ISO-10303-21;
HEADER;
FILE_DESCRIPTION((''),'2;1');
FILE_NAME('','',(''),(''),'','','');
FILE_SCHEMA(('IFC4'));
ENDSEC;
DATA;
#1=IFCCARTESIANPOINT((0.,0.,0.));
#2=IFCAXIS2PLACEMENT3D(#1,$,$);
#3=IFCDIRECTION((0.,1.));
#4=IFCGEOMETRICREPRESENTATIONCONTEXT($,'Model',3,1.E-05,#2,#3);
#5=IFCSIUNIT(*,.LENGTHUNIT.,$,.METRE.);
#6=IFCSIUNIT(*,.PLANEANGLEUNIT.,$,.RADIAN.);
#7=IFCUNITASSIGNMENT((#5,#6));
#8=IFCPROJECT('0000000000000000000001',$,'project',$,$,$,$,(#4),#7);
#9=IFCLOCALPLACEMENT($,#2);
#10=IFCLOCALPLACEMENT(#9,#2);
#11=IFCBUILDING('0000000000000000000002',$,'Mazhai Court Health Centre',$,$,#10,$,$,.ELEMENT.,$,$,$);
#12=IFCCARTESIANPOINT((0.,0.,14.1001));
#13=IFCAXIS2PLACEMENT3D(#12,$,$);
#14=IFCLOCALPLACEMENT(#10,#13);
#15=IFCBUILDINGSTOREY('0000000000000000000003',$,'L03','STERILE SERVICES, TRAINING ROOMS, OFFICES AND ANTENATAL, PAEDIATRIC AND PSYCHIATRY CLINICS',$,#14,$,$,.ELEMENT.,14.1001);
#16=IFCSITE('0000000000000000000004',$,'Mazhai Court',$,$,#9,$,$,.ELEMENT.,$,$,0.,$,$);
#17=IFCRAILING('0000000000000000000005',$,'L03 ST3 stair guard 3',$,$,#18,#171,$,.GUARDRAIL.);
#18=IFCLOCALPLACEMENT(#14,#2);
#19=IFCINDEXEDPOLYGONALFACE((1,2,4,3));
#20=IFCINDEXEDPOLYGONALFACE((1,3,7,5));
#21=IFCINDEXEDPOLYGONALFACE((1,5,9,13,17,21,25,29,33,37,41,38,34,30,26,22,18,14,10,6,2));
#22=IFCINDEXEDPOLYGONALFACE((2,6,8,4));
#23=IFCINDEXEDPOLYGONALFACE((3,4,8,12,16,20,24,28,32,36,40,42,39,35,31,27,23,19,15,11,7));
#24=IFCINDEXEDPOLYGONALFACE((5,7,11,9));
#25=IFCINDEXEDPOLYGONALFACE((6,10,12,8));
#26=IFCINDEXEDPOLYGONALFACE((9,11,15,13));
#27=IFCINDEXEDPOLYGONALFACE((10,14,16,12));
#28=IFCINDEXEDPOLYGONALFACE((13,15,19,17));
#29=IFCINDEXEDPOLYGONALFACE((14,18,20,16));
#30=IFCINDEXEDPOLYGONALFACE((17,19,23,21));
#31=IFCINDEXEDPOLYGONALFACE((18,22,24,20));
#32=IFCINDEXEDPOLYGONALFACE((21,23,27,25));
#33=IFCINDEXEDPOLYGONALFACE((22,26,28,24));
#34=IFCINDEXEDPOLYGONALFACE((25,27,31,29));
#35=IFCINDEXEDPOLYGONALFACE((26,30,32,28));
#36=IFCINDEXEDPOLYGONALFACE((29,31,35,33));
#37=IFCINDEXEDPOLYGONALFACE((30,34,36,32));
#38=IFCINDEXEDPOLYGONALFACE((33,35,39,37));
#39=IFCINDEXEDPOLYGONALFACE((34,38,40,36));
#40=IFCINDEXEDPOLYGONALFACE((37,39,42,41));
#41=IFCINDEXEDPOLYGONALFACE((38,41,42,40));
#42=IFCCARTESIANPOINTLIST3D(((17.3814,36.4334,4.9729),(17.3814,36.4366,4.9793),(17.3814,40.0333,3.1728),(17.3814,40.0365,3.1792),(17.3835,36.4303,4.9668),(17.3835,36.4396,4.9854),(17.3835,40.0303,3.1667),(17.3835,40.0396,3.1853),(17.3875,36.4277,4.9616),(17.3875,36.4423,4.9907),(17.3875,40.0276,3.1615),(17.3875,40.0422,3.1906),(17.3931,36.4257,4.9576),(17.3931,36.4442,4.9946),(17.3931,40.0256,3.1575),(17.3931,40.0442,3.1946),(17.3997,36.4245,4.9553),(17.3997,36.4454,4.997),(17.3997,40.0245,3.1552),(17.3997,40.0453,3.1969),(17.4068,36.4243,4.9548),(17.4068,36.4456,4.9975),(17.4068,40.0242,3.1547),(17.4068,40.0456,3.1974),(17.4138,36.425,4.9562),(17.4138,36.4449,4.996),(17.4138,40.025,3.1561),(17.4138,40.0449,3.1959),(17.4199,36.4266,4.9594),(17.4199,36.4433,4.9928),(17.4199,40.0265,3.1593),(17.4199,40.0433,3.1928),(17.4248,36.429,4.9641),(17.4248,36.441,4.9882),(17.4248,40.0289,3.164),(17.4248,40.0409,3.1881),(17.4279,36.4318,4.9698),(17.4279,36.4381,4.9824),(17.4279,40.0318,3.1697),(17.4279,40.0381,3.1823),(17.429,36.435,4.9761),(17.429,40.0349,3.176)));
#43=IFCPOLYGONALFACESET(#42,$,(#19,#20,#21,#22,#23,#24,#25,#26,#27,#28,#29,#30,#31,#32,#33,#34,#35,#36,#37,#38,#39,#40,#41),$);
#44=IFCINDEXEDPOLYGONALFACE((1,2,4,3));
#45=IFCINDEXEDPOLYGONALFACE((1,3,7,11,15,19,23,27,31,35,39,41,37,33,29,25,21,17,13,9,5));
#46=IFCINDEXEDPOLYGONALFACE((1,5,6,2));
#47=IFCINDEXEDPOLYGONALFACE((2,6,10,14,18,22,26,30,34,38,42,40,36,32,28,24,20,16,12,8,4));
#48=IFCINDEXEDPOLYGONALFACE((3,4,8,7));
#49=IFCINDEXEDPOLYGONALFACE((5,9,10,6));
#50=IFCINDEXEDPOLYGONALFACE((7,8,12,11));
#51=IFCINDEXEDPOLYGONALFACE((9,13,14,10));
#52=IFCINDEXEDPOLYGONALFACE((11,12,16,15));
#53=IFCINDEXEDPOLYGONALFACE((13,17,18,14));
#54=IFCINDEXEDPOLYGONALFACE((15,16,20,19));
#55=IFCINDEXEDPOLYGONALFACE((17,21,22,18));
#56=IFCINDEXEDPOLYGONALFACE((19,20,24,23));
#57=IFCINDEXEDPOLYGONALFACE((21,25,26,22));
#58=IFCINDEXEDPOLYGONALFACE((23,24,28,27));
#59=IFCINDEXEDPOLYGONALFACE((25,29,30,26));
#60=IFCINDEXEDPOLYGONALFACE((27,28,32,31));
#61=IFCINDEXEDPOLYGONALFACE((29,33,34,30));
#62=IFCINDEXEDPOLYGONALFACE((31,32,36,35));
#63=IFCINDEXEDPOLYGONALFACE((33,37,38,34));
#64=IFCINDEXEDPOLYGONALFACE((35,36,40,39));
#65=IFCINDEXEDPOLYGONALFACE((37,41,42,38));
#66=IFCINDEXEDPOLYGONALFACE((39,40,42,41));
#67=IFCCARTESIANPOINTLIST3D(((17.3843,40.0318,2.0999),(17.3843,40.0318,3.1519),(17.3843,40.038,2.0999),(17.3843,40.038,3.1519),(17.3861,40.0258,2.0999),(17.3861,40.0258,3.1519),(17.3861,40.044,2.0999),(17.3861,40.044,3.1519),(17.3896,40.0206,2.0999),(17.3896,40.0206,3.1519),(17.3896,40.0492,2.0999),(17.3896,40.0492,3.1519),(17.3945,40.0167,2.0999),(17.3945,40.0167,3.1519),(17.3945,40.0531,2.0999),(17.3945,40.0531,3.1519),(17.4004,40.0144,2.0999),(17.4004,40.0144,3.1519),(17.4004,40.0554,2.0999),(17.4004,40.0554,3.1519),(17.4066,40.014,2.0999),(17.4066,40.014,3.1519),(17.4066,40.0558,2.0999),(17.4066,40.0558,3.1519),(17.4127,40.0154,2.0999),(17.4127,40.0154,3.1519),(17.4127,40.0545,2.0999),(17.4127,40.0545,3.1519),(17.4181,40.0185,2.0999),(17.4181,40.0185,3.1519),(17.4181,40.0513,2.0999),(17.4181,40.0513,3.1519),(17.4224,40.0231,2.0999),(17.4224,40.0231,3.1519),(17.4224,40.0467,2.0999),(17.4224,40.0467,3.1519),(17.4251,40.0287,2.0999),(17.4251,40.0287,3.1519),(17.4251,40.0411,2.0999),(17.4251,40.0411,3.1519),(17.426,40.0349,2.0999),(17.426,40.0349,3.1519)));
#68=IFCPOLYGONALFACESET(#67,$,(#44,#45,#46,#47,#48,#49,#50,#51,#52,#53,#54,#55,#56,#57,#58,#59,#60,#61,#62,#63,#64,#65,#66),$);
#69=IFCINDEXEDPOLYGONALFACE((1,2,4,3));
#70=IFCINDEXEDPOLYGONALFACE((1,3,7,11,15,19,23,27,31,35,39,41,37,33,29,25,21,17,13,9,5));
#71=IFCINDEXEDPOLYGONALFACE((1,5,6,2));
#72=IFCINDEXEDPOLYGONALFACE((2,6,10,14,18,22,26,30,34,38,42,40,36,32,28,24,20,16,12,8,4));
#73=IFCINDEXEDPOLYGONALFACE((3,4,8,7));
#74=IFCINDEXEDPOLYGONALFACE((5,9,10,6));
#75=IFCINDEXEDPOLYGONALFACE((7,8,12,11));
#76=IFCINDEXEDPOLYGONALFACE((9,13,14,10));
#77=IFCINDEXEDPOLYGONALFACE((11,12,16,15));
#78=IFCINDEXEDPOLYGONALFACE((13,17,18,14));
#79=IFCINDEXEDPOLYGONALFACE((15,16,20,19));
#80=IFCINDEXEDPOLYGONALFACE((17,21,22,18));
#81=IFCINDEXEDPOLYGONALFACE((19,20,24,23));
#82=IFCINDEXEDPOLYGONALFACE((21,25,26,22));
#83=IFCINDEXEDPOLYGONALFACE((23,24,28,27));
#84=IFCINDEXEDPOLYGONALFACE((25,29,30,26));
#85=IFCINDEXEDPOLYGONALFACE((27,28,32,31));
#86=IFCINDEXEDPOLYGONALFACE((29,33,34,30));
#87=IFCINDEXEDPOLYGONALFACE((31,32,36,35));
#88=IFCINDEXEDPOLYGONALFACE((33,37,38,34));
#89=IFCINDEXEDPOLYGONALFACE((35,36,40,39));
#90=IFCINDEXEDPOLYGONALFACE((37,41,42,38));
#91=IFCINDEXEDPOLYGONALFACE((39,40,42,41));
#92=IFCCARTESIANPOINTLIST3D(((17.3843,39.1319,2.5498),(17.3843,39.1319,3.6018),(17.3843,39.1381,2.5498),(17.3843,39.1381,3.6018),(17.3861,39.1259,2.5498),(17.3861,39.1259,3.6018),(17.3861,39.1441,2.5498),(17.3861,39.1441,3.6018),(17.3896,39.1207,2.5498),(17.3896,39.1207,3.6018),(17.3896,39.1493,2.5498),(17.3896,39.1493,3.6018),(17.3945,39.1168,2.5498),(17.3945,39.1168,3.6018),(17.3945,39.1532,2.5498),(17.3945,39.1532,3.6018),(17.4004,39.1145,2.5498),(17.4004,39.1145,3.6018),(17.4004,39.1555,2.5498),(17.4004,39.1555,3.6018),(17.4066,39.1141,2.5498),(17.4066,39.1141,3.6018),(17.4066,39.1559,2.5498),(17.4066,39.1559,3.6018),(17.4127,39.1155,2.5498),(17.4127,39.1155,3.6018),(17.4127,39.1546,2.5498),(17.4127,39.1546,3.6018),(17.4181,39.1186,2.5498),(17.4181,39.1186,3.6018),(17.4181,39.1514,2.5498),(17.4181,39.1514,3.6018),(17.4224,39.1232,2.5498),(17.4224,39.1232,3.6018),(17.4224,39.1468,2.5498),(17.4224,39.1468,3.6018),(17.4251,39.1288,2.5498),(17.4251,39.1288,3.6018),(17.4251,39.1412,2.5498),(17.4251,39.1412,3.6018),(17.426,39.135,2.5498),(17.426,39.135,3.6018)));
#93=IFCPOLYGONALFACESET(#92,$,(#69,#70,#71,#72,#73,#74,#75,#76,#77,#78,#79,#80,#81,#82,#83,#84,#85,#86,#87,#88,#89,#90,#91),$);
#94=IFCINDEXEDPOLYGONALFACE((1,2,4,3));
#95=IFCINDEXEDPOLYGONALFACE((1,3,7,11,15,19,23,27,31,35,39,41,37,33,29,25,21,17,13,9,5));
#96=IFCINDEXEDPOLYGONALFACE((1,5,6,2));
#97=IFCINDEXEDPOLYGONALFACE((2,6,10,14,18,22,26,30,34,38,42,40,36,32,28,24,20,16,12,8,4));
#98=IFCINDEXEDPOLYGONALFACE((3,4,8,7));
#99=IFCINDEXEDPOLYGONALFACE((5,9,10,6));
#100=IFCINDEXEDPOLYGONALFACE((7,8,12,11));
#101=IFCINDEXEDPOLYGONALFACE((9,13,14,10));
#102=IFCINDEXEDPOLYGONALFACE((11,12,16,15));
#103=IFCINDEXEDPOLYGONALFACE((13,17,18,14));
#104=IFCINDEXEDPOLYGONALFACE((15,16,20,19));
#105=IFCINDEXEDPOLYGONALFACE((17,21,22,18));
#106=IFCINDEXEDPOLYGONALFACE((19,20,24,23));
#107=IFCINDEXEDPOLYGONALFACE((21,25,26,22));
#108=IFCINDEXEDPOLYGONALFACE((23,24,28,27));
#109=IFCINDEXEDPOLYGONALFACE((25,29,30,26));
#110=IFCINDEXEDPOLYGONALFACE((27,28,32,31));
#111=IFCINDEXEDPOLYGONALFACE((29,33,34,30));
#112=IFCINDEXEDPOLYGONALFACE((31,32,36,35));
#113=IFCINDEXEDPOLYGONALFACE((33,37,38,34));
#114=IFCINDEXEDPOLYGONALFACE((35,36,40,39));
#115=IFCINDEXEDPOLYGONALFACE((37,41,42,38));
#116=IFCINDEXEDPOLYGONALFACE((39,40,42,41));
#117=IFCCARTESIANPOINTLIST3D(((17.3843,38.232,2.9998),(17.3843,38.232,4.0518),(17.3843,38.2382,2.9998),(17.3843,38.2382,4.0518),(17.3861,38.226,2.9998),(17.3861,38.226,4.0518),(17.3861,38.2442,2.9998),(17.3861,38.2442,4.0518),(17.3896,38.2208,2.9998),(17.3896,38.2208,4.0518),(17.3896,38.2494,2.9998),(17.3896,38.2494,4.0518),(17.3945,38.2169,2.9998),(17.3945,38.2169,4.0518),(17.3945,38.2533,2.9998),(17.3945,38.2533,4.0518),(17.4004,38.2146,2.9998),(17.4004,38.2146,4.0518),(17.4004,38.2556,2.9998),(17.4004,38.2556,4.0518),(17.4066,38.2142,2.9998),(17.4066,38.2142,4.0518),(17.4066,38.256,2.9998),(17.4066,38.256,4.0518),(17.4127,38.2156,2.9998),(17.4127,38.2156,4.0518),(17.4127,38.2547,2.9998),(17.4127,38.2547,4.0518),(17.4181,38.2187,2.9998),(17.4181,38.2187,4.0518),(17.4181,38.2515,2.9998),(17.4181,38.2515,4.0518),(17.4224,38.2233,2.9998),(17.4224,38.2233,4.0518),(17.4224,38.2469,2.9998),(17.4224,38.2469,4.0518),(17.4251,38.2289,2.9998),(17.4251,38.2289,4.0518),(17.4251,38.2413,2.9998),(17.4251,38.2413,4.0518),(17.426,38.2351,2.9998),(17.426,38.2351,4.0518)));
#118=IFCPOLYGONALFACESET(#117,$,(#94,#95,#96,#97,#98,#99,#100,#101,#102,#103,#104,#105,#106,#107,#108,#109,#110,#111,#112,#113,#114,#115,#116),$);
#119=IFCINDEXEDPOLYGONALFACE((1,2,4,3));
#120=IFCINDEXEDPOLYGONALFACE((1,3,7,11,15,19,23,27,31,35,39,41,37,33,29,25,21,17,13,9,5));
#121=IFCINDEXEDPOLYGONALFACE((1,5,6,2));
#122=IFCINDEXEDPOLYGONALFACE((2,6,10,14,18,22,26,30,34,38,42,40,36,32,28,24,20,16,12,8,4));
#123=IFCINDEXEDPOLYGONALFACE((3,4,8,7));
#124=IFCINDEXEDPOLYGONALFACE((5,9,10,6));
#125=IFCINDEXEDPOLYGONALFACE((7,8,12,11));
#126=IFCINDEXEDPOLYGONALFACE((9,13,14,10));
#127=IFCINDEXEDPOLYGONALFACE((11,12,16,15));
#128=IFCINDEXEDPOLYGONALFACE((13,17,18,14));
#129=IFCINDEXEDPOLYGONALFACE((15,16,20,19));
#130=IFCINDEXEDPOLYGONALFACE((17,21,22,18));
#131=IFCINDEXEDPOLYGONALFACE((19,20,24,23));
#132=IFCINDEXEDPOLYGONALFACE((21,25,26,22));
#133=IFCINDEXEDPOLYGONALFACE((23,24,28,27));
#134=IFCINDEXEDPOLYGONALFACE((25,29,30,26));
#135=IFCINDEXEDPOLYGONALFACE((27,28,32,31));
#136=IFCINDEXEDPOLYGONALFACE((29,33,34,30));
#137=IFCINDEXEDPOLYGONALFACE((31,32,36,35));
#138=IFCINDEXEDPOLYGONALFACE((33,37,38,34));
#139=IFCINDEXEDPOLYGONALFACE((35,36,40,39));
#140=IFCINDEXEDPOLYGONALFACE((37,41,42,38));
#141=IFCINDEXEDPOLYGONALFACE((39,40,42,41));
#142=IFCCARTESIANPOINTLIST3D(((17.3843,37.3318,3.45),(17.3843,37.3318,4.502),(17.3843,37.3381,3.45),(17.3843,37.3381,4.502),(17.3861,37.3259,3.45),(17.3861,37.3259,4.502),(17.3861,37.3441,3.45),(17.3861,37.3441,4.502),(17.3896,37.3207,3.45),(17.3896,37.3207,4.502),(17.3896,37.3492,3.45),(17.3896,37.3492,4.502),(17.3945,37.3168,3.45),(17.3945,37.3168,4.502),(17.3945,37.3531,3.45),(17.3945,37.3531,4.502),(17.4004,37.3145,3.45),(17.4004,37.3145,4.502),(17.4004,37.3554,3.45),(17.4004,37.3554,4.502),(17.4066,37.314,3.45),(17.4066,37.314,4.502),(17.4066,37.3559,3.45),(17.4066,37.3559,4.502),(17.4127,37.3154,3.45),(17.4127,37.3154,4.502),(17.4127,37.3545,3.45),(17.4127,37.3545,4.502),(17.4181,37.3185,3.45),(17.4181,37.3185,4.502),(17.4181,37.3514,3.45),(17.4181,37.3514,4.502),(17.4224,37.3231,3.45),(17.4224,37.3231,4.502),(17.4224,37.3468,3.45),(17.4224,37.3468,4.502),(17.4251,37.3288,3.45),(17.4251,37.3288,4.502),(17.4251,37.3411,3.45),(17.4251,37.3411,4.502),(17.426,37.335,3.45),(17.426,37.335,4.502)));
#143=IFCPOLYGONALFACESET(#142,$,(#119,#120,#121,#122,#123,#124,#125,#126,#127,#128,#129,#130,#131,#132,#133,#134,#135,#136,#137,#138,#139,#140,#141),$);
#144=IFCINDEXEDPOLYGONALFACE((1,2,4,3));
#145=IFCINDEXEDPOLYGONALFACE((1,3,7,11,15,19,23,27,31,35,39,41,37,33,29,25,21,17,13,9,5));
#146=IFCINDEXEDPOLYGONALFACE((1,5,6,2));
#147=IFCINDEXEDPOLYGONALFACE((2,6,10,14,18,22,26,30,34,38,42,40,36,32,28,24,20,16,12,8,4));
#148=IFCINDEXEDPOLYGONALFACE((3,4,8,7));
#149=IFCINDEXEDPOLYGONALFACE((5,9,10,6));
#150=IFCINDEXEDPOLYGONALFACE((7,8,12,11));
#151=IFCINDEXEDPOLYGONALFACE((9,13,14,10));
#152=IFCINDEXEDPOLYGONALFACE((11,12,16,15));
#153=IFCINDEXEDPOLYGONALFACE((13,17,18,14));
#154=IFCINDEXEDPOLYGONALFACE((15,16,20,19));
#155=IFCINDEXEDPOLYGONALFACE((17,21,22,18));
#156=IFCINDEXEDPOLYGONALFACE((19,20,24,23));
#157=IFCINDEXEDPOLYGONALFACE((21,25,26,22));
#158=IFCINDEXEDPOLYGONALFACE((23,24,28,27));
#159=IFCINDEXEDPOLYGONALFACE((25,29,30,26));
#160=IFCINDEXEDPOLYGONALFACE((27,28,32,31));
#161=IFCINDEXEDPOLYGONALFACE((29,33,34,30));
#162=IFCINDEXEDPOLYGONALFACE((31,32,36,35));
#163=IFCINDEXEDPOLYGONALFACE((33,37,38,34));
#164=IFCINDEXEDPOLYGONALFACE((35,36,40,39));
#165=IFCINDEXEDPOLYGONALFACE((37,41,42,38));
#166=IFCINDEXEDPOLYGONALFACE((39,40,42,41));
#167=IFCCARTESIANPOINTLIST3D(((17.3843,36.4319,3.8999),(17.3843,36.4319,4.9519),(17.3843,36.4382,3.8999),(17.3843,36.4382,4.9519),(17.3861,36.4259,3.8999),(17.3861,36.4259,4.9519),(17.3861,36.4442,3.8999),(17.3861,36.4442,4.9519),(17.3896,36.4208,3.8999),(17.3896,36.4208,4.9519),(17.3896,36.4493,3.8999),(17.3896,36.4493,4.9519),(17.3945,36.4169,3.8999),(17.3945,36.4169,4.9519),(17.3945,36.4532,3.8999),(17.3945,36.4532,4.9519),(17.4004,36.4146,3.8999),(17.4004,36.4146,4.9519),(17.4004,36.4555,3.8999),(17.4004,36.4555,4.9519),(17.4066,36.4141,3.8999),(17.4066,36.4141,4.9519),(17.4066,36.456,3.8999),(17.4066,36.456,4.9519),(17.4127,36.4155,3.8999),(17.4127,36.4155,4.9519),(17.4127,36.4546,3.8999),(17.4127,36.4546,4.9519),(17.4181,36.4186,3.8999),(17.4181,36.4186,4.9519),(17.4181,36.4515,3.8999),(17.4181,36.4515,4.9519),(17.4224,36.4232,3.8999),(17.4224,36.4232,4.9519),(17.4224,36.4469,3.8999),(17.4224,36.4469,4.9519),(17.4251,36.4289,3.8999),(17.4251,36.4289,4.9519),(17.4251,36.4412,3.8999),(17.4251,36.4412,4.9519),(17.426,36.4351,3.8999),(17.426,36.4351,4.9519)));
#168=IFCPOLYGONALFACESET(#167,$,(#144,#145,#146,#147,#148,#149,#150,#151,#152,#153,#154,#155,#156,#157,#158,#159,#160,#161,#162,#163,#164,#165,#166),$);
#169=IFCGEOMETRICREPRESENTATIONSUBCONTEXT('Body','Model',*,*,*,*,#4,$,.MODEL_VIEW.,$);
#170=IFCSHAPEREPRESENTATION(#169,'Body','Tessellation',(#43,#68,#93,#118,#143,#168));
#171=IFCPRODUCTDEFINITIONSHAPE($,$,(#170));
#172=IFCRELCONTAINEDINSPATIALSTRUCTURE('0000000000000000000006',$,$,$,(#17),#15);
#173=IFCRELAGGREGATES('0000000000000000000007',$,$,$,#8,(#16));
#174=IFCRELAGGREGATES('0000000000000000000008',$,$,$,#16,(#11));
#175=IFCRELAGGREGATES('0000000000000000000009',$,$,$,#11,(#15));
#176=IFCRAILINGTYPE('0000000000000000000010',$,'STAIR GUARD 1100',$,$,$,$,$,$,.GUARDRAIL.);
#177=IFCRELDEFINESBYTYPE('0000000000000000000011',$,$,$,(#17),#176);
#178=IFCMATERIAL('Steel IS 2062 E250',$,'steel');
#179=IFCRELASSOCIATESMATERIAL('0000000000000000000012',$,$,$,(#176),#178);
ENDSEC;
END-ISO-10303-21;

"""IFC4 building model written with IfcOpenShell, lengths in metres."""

from ifc_helpers import new_model, si_unit, direction, frame, origin, origin_2d, place, context, subcontext, project, spatial, circle, extrude, material, type_object, element, save


model = new_model("IFC4")

# Units and contexts
model_context = context("Model", 3, precision=1e-05, world=origin(), true_north=direction((0.0, 1.0)))
body_context = subcontext(model_context, "Body", "Model", "MODEL_VIEW")
ifc_project = project(units=[si_unit("LENGTHUNIT", "METRE"), si_unit("PLANEANGLEUNIT", "RADIAN")], contexts=[model_context])

# Site, building, storey
site_placement = place(None, origin())
site = spatial("IfcSite", under=ifc_project, at=site_placement, Name="Mazhai Court", CompositionType="ELEMENT", RefElevation=0.0)
building_placement = place(site_placement, origin())
building = spatial("IfcBuilding", under=site, at=building_placement, Name="Mazhai Court Health Centre", CompositionType="ELEMENT")
storey_placement = place(building_placement, frame((0.0, 0.0, 14.1001)))
storey = spatial("IfcBuildingStorey", under=building, at=storey_placement, Name="L03", Description="STERILE SERVICES, TRAINING ROOMS, OFFICES AND ANTENATAL, PAEDIATRIC AND PSYCHIATRY CLINICS", CompositionType="ELEMENT", Elevation=14.1001)

# Railing
ifc_material_1 = material(Name="Steel IS 2062 E250", Category="steel")
railing_type_1 = type_object("IfcRailingType", Name="STAIR GUARD 1100", PredefinedType="GUARDRAIL", material=ifc_material_1)
railing_1_placement = place(storey_placement, frame((17.405, 40.0349, 2.0999)))
element("IfcRailing", 1, at=railing_1_placement, inside=storey, type_object=railing_type_1, Name="L03 ST3 stair guard 3", PredefinedType="GUARDRAIL", context=body_context, shape_type="SweptSolid", body=[
    extrude(circle(Radius=0.0239, at=origin_2d()), frame((0.0, 0.0, 1.0762), z_axis=(0.0, -0.894415, 0.447238), x_axis=(1.0, 0.0, 0.0)), (0.0, 0.0, 1.0), 4.0249),
    extrude(circle(Radius=0.021, at=origin_2d()), origin(), (0.0, 0.0, 1.0), 1.052),
    extrude(circle(Radius=0.021, at=origin_2d()), frame((0.0, -0.8999, 0.45)), (0.0, 0.0, 1.0), 1.052),
    extrude(circle(Radius=0.021, at=origin_2d()), frame((0.0, -1.7998, 0.8999)), (0.0, 0.0, 1.0), 1.052),
    extrude(circle(Radius=0.021, at=origin_2d()), frame((0.0, -2.7, 1.3501)), (0.0, 0.0, 1.0), 1.052),
    extrude(circle(Radius=0.021, at=origin_2d()), frame((0.0, -3.5999, 1.8)), (0.0, 0.0, 1.0), 1.052),
])

save(model, "model.ifc")
